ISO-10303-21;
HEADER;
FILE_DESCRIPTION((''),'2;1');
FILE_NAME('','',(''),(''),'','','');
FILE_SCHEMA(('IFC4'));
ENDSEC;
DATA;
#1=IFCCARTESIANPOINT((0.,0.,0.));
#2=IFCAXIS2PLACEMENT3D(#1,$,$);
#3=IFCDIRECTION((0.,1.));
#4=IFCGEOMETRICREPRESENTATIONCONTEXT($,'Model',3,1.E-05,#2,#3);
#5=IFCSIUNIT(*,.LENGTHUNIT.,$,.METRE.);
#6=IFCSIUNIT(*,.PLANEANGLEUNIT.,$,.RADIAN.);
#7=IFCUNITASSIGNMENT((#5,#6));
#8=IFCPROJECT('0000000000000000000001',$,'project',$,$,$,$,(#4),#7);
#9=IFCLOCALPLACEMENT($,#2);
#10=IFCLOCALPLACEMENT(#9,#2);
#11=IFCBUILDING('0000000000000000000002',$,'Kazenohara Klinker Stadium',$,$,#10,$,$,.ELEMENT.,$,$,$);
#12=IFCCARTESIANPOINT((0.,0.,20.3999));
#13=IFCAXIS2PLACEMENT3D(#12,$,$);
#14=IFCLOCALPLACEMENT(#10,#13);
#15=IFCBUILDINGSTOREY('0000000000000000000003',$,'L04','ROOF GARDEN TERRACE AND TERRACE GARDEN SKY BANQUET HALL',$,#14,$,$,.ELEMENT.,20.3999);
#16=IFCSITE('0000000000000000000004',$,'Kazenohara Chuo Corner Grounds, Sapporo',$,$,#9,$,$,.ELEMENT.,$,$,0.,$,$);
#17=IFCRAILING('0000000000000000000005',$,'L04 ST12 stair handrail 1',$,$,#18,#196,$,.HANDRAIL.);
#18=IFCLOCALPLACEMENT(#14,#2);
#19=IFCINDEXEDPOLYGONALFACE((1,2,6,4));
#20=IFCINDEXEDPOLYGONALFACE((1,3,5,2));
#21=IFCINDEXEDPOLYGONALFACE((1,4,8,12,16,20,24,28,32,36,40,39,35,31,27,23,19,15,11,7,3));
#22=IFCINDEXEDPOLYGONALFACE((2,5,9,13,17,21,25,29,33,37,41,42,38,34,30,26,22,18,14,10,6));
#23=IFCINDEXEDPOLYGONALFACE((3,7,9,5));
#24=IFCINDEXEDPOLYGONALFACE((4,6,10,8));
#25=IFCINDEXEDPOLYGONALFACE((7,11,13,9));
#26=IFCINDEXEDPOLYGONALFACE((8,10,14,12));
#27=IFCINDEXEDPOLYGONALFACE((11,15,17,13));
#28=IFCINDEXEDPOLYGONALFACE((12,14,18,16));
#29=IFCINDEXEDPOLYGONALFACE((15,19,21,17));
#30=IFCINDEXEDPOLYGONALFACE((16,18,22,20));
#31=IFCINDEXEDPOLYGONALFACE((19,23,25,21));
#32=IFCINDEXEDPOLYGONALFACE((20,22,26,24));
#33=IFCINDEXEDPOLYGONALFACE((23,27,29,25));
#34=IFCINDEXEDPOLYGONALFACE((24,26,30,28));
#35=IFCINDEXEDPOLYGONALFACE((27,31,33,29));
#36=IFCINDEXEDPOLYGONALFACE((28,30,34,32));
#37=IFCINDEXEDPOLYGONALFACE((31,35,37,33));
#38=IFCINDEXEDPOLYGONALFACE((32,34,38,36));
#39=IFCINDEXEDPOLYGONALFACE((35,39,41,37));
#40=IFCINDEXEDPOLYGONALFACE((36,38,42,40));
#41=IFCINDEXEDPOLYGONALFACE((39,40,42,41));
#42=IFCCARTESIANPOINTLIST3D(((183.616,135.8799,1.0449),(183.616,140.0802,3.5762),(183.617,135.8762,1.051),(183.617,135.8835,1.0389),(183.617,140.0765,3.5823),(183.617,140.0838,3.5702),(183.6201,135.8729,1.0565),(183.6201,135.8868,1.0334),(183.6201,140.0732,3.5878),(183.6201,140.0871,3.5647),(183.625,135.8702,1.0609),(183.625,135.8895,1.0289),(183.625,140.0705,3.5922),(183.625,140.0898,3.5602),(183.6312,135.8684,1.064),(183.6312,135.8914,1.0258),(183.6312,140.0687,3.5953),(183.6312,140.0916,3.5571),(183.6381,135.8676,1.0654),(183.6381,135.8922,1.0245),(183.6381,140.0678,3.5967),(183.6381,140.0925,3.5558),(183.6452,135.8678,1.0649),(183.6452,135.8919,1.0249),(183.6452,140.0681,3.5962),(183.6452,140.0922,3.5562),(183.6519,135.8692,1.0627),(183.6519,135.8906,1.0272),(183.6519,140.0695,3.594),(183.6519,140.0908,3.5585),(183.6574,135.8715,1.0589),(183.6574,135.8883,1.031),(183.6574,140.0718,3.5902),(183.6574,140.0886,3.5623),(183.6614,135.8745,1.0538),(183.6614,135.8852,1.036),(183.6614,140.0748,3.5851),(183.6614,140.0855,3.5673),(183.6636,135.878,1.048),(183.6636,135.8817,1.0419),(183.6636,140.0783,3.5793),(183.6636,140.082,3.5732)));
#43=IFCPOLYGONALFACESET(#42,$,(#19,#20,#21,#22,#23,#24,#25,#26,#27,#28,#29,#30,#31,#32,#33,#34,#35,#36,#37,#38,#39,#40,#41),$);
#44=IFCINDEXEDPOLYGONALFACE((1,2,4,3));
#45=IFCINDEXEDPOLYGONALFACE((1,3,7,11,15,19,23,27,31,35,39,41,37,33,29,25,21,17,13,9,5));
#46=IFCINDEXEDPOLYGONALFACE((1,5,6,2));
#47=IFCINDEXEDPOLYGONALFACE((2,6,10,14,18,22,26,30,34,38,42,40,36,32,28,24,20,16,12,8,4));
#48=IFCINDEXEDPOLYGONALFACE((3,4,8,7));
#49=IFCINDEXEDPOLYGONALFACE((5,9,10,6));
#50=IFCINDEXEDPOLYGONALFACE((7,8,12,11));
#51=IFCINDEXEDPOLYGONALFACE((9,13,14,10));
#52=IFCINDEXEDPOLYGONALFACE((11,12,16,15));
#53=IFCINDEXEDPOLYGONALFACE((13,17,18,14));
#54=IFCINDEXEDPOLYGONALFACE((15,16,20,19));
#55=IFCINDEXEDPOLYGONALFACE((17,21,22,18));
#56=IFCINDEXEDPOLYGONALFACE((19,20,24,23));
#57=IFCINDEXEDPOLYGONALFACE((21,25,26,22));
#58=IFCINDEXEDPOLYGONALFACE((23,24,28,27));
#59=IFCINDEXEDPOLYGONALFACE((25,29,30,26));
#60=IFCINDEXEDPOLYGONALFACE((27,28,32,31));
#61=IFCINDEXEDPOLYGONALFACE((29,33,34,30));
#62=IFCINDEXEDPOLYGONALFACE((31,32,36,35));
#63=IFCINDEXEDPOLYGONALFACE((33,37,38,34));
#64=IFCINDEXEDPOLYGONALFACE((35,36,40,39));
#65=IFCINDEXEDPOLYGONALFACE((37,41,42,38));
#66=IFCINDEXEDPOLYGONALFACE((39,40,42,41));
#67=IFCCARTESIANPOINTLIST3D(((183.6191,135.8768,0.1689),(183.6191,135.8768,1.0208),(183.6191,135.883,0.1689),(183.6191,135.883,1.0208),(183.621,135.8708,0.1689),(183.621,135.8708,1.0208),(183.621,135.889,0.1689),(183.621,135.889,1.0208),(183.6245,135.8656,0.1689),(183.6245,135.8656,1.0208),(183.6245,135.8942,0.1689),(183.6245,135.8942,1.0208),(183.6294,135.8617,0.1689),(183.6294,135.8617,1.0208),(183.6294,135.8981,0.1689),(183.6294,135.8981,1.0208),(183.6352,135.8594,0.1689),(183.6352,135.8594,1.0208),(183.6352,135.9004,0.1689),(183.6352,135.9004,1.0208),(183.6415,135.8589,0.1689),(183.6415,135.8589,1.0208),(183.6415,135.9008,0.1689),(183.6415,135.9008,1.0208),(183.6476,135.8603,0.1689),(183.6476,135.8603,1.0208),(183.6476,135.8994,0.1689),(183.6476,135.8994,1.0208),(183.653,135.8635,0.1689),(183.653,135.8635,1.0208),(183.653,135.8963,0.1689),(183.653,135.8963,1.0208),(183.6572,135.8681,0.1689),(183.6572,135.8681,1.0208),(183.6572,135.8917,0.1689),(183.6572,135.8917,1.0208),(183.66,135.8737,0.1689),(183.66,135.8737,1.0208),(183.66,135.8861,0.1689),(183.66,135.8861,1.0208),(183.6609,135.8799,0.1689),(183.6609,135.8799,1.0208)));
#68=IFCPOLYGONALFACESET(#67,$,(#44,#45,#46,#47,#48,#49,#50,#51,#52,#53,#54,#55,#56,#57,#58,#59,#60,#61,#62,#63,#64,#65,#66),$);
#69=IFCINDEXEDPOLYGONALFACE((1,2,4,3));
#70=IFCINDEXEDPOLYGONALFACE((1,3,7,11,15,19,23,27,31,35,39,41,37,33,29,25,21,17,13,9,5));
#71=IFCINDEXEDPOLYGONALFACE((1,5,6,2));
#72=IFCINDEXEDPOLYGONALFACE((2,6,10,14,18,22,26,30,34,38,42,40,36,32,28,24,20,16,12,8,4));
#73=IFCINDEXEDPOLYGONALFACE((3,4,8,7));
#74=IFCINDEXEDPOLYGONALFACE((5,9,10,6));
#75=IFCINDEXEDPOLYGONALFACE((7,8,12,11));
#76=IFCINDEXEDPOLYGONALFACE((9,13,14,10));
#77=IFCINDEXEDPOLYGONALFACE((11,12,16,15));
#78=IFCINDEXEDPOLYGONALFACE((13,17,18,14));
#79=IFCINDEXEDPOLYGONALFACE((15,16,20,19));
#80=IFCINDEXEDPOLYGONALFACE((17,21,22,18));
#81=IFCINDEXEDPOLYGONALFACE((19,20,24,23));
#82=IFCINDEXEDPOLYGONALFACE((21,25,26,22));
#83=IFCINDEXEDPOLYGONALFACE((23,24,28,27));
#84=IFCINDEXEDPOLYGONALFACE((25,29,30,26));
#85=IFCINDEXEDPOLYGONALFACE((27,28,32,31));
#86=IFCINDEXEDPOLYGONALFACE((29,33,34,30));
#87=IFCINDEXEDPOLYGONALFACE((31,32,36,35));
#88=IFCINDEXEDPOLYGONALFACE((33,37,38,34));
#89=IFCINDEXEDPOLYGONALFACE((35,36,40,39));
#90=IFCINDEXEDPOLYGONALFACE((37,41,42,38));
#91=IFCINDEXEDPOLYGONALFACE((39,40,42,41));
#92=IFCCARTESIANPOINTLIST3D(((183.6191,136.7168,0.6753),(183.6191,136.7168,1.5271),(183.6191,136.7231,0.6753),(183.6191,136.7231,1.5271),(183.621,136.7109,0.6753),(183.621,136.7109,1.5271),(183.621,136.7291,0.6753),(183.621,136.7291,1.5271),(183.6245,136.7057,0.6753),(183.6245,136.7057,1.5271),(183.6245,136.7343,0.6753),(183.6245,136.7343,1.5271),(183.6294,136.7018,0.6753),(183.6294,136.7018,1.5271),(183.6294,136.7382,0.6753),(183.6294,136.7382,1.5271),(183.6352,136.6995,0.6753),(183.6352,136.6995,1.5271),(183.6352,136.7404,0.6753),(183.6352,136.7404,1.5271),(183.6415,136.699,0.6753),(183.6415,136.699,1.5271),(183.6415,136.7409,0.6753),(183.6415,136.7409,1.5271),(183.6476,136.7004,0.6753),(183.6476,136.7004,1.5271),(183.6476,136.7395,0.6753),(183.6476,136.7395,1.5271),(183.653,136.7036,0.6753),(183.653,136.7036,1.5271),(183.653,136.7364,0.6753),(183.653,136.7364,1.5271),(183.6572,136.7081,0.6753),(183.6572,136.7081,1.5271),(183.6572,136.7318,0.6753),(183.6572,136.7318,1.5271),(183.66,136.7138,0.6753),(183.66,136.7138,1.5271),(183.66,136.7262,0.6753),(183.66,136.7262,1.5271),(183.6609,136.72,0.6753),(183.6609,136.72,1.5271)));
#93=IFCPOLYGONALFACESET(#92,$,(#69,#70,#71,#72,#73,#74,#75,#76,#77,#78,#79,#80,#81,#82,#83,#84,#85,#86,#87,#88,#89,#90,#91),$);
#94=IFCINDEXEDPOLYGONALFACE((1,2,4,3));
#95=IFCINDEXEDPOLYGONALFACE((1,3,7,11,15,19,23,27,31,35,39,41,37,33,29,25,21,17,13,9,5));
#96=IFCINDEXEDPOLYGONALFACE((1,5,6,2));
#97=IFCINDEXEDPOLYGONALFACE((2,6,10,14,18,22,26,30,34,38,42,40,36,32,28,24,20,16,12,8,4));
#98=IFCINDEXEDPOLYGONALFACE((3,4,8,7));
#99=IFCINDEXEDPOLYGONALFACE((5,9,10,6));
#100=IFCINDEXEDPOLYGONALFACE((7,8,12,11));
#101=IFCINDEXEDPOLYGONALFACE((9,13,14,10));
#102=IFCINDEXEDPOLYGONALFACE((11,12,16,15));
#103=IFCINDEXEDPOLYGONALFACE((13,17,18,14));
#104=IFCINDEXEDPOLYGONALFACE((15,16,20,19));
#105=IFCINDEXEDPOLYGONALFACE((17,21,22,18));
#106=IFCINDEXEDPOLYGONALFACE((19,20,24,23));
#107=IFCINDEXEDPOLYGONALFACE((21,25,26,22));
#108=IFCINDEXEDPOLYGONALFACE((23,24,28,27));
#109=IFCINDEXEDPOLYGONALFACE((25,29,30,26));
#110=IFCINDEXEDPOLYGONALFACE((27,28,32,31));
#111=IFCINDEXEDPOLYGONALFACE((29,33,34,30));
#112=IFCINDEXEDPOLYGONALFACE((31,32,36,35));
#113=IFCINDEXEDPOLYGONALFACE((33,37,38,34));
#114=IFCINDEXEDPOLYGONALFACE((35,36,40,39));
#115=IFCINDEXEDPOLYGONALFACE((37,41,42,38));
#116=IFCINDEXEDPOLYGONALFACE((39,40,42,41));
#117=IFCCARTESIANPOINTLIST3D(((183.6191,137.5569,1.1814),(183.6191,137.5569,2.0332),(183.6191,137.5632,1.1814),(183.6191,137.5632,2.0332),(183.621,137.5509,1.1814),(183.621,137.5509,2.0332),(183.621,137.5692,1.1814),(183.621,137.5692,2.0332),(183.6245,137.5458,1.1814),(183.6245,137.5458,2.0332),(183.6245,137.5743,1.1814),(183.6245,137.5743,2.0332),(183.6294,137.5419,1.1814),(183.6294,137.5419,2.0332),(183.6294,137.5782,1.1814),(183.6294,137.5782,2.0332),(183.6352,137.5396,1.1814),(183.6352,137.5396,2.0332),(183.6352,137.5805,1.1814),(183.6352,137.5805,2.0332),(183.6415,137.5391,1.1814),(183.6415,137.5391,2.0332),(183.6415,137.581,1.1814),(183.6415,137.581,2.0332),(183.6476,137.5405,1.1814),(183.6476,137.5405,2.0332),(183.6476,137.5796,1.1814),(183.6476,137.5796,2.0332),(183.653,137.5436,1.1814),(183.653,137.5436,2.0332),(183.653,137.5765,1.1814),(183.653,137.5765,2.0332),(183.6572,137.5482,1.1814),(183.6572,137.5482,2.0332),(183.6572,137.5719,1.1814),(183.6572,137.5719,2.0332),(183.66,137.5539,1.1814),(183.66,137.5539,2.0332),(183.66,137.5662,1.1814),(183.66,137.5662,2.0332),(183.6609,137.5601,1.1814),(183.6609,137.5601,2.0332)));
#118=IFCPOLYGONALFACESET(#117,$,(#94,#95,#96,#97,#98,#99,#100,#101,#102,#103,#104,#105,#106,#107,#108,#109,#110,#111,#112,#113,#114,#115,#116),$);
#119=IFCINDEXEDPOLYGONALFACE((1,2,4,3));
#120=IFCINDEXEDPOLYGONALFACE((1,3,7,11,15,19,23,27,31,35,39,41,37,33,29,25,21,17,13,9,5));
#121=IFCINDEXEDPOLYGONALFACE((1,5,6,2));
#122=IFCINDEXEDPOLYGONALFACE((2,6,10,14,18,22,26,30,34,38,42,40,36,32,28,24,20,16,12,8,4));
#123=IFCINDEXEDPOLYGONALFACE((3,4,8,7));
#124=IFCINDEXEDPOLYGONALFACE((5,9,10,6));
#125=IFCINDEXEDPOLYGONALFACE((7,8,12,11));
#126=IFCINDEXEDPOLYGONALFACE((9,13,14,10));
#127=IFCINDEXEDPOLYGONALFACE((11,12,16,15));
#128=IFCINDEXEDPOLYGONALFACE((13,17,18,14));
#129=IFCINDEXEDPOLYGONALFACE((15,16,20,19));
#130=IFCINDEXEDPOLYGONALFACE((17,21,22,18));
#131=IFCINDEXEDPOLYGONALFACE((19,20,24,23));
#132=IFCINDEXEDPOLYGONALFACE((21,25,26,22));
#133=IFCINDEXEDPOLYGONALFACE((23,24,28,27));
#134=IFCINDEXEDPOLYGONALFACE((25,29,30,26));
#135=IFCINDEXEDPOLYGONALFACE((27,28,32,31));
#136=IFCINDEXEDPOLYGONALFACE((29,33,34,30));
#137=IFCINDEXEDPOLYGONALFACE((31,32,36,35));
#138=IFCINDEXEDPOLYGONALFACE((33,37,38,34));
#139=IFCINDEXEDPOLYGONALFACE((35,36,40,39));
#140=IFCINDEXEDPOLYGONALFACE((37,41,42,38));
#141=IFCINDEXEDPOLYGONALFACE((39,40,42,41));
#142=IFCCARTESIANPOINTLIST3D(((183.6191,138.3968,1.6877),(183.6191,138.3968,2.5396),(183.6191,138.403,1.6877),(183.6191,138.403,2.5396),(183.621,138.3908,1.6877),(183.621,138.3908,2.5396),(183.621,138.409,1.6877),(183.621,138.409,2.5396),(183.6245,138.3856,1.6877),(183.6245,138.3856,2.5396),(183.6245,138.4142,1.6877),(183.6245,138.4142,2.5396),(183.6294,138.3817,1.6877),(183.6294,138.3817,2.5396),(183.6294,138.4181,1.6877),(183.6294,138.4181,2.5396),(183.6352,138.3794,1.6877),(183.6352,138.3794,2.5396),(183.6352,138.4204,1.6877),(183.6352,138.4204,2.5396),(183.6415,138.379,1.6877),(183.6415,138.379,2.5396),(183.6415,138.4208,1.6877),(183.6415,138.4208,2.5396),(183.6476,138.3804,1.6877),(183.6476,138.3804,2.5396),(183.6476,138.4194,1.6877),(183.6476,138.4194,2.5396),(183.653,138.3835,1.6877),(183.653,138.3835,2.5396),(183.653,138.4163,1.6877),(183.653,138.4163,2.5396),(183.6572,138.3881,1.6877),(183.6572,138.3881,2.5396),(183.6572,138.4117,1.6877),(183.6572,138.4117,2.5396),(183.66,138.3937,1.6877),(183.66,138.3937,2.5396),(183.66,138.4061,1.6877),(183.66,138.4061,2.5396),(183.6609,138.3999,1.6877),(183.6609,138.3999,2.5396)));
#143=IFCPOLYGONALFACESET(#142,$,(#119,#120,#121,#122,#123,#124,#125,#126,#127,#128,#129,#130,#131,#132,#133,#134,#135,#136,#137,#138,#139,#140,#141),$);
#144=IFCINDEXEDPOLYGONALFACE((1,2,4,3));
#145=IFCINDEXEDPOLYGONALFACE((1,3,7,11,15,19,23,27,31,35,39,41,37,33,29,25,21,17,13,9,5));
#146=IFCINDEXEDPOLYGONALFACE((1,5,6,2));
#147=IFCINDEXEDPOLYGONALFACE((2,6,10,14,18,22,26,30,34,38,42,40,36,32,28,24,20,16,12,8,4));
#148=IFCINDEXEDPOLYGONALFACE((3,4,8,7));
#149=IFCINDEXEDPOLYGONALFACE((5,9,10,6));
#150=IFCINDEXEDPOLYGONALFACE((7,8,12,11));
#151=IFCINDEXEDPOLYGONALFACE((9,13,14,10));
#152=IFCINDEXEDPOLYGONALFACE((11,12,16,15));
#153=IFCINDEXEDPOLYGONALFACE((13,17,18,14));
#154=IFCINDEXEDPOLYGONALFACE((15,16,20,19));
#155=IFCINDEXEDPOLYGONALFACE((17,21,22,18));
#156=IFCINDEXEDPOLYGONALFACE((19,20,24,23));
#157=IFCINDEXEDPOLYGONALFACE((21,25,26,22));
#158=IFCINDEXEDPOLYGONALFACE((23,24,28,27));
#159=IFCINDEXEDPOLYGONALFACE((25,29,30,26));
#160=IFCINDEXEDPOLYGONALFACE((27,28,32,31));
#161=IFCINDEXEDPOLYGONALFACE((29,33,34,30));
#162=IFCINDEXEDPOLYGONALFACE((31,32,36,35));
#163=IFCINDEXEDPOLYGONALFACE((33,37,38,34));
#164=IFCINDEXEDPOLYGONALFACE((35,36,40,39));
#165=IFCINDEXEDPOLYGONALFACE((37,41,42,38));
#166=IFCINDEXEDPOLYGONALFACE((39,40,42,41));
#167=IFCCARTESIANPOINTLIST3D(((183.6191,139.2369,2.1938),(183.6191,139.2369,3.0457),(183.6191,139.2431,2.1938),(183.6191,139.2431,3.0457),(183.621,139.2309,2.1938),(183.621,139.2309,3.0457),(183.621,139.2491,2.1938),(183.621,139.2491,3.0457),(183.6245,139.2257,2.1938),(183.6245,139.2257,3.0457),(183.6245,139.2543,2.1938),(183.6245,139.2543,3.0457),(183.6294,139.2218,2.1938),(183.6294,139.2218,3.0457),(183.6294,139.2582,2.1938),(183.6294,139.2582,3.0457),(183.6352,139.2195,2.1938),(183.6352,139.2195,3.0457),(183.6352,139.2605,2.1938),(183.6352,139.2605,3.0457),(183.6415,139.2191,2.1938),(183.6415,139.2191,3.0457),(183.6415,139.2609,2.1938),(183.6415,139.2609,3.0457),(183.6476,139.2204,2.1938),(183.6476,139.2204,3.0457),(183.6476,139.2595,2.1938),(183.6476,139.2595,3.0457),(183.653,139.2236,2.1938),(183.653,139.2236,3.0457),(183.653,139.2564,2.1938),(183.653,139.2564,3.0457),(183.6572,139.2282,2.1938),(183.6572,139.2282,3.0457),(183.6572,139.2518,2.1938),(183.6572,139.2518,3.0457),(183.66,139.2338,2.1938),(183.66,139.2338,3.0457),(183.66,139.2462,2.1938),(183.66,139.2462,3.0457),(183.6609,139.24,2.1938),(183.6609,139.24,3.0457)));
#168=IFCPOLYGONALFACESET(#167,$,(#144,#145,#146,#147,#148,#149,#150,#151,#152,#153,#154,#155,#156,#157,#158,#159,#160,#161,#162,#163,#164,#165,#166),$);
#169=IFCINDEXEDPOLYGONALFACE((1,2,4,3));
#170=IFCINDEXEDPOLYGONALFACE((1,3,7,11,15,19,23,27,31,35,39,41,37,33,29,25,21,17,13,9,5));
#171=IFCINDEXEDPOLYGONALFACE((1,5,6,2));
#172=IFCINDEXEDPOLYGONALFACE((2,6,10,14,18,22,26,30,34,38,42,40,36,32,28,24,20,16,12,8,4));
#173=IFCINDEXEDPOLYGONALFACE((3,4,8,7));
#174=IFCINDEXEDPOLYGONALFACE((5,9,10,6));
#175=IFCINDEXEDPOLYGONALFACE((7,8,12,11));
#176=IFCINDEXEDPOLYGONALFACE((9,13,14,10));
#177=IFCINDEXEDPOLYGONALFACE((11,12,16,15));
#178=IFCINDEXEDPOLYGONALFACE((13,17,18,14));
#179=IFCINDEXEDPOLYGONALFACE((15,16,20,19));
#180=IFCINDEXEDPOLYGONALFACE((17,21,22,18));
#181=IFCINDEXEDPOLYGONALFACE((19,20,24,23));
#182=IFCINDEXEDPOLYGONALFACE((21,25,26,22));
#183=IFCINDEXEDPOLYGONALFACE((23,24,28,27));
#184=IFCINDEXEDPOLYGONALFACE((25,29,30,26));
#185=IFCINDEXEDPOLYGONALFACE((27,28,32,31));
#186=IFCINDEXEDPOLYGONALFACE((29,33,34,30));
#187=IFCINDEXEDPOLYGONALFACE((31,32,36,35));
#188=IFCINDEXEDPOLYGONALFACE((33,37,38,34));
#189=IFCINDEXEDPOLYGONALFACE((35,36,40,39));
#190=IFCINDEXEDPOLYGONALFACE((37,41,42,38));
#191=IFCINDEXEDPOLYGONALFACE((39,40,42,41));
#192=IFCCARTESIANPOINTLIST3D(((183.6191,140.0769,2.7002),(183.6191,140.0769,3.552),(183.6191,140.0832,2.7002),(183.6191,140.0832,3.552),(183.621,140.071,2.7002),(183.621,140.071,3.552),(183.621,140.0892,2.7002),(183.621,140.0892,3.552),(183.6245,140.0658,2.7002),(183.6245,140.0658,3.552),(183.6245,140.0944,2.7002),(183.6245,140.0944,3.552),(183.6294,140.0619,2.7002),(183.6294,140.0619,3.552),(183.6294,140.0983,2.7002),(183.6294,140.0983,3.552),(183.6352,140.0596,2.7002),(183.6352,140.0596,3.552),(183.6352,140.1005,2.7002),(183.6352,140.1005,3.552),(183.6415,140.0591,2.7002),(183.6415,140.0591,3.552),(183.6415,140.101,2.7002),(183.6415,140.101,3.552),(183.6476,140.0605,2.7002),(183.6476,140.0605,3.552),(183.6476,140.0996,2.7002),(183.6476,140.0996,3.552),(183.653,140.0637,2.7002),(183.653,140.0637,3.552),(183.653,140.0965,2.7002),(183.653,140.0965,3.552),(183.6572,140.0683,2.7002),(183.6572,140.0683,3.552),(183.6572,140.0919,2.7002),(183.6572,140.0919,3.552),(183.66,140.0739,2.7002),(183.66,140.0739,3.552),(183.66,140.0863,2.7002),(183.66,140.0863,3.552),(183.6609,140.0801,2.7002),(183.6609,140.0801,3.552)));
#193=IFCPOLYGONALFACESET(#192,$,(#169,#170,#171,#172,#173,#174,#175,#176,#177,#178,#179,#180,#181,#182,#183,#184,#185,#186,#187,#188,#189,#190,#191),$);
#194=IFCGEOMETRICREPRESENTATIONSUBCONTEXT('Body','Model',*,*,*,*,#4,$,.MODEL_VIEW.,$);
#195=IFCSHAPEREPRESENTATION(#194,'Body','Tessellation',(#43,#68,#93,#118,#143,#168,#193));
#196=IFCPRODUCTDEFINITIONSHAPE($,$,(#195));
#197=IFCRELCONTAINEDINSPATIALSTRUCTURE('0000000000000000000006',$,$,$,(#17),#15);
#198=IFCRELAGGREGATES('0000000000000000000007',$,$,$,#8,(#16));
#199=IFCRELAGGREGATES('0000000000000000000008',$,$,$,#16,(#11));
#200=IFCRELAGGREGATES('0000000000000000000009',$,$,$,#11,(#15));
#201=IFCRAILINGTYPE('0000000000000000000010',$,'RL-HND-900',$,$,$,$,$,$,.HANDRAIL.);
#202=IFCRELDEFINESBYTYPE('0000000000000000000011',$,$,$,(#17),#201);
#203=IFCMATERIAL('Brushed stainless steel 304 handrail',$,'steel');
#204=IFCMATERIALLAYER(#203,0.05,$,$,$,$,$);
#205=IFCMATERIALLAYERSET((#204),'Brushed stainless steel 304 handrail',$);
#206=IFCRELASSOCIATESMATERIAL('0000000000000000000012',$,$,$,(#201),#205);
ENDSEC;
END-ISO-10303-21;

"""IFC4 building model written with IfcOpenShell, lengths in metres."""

from ifc_helpers import new_model, si_unit, direction, frame, origin, origin_2d, place, context, subcontext, project, spatial, circle, extrude, material, layer, layer_set, type_object, element, save


model = new_model("IFC4")

# Units and contexts
model_context = context("Model", 3, precision=1e-05, world=origin(), true_north=direction((0.0, 1.0)))
body_context = subcontext(model_context, "Body", "Model", "MODEL_VIEW")
ifc_project = project(units=[si_unit("LENGTHUNIT", "METRE"), si_unit("PLANEANGLEUNIT", "RADIAN")], contexts=[model_context])

# Site, building, storey
site_placement = place(None, origin())
site = spatial("IfcSite", under=ifc_project, at=site_placement, Name="Kazenohara Chuo Corner Grounds, Sapporo", CompositionType="ELEMENT", RefElevation=0.0)
building_placement = place(site_placement, origin())
building = spatial("IfcBuilding", under=site, at=building_placement, Name="Kazenohara Klinker Stadium", CompositionType="ELEMENT")
storey_placement = place(building_placement, frame((0.0, 0.0, 20.3999)))
storey = spatial("IfcBuildingStorey", under=building, at=storey_placement, Name="L04", Description="ROOF GARDEN TERRACE AND TERRACE GARDEN SKY BANQUET HALL", CompositionType="ELEMENT", Elevation=20.3999)

# Railing
ifc_material_1 = material(Name="Brushed stainless steel 304 handrail", Category="steel")
ifc_layer_1 = layer(ifc_material_1, 0.05)
ifc_layer_set_1 = layer_set([ifc_layer_1], Name="Brushed stainless steel 304 handrail")
railing_type_1 = type_object("IfcRailingType", Name="RL-HND-900", PredefinedType="HANDRAIL", material=ifc_layer_set_1)
railing_1_placement = place(storey_placement, frame((183.6399, 135.8799, 0.1689)))
element("IfcRailing", 1, at=railing_1_placement, inside=storey, type_object=railing_type_1, Name="L04 ST12 stair handrail 1", PredefinedType="HANDRAIL", context=body_context, shape_type="SweptSolid", body=[
    extrude(circle(Radius=0.0239, at=origin_2d()), frame((0.0, 0.0, 0.876), z_axis=(0.0, 0.85649, 0.516164), x_axis=(-1.0, 0.0, 0.0)), (0.0, 0.0, 1.0), 4.9041),
    extrude(circle(Radius=0.021, at=origin_2d()), origin(), (0.0, 0.0, 1.0), 0.8518),
    extrude(circle(Radius=0.021, at=origin_2d()), frame((0.0, 0.8401, 0.5063)), (0.0, 0.0, 1.0), 0.8518),
    extrude(circle(Radius=0.021, at=origin_2d()), frame((0.0, 1.6802, 1.0125)), (0.0, 0.0, 1.0), 0.8518),
    extrude(circle(Radius=0.021, at=origin_2d()), frame((0.0, 2.52, 1.5188)), (0.0, 0.0, 1.0), 0.8518),
    extrude(circle(Radius=0.021, at=origin_2d()), frame((0.0, 3.3601, 2.0249)), (0.0, 0.0, 1.0), 0.8518),
    extrude(circle(Radius=0.021, at=origin_2d()), frame((0.0, 4.2002, 2.5312)), (0.0, 0.0, 1.0), 0.8518),
])

save(model, "model.ifc")
